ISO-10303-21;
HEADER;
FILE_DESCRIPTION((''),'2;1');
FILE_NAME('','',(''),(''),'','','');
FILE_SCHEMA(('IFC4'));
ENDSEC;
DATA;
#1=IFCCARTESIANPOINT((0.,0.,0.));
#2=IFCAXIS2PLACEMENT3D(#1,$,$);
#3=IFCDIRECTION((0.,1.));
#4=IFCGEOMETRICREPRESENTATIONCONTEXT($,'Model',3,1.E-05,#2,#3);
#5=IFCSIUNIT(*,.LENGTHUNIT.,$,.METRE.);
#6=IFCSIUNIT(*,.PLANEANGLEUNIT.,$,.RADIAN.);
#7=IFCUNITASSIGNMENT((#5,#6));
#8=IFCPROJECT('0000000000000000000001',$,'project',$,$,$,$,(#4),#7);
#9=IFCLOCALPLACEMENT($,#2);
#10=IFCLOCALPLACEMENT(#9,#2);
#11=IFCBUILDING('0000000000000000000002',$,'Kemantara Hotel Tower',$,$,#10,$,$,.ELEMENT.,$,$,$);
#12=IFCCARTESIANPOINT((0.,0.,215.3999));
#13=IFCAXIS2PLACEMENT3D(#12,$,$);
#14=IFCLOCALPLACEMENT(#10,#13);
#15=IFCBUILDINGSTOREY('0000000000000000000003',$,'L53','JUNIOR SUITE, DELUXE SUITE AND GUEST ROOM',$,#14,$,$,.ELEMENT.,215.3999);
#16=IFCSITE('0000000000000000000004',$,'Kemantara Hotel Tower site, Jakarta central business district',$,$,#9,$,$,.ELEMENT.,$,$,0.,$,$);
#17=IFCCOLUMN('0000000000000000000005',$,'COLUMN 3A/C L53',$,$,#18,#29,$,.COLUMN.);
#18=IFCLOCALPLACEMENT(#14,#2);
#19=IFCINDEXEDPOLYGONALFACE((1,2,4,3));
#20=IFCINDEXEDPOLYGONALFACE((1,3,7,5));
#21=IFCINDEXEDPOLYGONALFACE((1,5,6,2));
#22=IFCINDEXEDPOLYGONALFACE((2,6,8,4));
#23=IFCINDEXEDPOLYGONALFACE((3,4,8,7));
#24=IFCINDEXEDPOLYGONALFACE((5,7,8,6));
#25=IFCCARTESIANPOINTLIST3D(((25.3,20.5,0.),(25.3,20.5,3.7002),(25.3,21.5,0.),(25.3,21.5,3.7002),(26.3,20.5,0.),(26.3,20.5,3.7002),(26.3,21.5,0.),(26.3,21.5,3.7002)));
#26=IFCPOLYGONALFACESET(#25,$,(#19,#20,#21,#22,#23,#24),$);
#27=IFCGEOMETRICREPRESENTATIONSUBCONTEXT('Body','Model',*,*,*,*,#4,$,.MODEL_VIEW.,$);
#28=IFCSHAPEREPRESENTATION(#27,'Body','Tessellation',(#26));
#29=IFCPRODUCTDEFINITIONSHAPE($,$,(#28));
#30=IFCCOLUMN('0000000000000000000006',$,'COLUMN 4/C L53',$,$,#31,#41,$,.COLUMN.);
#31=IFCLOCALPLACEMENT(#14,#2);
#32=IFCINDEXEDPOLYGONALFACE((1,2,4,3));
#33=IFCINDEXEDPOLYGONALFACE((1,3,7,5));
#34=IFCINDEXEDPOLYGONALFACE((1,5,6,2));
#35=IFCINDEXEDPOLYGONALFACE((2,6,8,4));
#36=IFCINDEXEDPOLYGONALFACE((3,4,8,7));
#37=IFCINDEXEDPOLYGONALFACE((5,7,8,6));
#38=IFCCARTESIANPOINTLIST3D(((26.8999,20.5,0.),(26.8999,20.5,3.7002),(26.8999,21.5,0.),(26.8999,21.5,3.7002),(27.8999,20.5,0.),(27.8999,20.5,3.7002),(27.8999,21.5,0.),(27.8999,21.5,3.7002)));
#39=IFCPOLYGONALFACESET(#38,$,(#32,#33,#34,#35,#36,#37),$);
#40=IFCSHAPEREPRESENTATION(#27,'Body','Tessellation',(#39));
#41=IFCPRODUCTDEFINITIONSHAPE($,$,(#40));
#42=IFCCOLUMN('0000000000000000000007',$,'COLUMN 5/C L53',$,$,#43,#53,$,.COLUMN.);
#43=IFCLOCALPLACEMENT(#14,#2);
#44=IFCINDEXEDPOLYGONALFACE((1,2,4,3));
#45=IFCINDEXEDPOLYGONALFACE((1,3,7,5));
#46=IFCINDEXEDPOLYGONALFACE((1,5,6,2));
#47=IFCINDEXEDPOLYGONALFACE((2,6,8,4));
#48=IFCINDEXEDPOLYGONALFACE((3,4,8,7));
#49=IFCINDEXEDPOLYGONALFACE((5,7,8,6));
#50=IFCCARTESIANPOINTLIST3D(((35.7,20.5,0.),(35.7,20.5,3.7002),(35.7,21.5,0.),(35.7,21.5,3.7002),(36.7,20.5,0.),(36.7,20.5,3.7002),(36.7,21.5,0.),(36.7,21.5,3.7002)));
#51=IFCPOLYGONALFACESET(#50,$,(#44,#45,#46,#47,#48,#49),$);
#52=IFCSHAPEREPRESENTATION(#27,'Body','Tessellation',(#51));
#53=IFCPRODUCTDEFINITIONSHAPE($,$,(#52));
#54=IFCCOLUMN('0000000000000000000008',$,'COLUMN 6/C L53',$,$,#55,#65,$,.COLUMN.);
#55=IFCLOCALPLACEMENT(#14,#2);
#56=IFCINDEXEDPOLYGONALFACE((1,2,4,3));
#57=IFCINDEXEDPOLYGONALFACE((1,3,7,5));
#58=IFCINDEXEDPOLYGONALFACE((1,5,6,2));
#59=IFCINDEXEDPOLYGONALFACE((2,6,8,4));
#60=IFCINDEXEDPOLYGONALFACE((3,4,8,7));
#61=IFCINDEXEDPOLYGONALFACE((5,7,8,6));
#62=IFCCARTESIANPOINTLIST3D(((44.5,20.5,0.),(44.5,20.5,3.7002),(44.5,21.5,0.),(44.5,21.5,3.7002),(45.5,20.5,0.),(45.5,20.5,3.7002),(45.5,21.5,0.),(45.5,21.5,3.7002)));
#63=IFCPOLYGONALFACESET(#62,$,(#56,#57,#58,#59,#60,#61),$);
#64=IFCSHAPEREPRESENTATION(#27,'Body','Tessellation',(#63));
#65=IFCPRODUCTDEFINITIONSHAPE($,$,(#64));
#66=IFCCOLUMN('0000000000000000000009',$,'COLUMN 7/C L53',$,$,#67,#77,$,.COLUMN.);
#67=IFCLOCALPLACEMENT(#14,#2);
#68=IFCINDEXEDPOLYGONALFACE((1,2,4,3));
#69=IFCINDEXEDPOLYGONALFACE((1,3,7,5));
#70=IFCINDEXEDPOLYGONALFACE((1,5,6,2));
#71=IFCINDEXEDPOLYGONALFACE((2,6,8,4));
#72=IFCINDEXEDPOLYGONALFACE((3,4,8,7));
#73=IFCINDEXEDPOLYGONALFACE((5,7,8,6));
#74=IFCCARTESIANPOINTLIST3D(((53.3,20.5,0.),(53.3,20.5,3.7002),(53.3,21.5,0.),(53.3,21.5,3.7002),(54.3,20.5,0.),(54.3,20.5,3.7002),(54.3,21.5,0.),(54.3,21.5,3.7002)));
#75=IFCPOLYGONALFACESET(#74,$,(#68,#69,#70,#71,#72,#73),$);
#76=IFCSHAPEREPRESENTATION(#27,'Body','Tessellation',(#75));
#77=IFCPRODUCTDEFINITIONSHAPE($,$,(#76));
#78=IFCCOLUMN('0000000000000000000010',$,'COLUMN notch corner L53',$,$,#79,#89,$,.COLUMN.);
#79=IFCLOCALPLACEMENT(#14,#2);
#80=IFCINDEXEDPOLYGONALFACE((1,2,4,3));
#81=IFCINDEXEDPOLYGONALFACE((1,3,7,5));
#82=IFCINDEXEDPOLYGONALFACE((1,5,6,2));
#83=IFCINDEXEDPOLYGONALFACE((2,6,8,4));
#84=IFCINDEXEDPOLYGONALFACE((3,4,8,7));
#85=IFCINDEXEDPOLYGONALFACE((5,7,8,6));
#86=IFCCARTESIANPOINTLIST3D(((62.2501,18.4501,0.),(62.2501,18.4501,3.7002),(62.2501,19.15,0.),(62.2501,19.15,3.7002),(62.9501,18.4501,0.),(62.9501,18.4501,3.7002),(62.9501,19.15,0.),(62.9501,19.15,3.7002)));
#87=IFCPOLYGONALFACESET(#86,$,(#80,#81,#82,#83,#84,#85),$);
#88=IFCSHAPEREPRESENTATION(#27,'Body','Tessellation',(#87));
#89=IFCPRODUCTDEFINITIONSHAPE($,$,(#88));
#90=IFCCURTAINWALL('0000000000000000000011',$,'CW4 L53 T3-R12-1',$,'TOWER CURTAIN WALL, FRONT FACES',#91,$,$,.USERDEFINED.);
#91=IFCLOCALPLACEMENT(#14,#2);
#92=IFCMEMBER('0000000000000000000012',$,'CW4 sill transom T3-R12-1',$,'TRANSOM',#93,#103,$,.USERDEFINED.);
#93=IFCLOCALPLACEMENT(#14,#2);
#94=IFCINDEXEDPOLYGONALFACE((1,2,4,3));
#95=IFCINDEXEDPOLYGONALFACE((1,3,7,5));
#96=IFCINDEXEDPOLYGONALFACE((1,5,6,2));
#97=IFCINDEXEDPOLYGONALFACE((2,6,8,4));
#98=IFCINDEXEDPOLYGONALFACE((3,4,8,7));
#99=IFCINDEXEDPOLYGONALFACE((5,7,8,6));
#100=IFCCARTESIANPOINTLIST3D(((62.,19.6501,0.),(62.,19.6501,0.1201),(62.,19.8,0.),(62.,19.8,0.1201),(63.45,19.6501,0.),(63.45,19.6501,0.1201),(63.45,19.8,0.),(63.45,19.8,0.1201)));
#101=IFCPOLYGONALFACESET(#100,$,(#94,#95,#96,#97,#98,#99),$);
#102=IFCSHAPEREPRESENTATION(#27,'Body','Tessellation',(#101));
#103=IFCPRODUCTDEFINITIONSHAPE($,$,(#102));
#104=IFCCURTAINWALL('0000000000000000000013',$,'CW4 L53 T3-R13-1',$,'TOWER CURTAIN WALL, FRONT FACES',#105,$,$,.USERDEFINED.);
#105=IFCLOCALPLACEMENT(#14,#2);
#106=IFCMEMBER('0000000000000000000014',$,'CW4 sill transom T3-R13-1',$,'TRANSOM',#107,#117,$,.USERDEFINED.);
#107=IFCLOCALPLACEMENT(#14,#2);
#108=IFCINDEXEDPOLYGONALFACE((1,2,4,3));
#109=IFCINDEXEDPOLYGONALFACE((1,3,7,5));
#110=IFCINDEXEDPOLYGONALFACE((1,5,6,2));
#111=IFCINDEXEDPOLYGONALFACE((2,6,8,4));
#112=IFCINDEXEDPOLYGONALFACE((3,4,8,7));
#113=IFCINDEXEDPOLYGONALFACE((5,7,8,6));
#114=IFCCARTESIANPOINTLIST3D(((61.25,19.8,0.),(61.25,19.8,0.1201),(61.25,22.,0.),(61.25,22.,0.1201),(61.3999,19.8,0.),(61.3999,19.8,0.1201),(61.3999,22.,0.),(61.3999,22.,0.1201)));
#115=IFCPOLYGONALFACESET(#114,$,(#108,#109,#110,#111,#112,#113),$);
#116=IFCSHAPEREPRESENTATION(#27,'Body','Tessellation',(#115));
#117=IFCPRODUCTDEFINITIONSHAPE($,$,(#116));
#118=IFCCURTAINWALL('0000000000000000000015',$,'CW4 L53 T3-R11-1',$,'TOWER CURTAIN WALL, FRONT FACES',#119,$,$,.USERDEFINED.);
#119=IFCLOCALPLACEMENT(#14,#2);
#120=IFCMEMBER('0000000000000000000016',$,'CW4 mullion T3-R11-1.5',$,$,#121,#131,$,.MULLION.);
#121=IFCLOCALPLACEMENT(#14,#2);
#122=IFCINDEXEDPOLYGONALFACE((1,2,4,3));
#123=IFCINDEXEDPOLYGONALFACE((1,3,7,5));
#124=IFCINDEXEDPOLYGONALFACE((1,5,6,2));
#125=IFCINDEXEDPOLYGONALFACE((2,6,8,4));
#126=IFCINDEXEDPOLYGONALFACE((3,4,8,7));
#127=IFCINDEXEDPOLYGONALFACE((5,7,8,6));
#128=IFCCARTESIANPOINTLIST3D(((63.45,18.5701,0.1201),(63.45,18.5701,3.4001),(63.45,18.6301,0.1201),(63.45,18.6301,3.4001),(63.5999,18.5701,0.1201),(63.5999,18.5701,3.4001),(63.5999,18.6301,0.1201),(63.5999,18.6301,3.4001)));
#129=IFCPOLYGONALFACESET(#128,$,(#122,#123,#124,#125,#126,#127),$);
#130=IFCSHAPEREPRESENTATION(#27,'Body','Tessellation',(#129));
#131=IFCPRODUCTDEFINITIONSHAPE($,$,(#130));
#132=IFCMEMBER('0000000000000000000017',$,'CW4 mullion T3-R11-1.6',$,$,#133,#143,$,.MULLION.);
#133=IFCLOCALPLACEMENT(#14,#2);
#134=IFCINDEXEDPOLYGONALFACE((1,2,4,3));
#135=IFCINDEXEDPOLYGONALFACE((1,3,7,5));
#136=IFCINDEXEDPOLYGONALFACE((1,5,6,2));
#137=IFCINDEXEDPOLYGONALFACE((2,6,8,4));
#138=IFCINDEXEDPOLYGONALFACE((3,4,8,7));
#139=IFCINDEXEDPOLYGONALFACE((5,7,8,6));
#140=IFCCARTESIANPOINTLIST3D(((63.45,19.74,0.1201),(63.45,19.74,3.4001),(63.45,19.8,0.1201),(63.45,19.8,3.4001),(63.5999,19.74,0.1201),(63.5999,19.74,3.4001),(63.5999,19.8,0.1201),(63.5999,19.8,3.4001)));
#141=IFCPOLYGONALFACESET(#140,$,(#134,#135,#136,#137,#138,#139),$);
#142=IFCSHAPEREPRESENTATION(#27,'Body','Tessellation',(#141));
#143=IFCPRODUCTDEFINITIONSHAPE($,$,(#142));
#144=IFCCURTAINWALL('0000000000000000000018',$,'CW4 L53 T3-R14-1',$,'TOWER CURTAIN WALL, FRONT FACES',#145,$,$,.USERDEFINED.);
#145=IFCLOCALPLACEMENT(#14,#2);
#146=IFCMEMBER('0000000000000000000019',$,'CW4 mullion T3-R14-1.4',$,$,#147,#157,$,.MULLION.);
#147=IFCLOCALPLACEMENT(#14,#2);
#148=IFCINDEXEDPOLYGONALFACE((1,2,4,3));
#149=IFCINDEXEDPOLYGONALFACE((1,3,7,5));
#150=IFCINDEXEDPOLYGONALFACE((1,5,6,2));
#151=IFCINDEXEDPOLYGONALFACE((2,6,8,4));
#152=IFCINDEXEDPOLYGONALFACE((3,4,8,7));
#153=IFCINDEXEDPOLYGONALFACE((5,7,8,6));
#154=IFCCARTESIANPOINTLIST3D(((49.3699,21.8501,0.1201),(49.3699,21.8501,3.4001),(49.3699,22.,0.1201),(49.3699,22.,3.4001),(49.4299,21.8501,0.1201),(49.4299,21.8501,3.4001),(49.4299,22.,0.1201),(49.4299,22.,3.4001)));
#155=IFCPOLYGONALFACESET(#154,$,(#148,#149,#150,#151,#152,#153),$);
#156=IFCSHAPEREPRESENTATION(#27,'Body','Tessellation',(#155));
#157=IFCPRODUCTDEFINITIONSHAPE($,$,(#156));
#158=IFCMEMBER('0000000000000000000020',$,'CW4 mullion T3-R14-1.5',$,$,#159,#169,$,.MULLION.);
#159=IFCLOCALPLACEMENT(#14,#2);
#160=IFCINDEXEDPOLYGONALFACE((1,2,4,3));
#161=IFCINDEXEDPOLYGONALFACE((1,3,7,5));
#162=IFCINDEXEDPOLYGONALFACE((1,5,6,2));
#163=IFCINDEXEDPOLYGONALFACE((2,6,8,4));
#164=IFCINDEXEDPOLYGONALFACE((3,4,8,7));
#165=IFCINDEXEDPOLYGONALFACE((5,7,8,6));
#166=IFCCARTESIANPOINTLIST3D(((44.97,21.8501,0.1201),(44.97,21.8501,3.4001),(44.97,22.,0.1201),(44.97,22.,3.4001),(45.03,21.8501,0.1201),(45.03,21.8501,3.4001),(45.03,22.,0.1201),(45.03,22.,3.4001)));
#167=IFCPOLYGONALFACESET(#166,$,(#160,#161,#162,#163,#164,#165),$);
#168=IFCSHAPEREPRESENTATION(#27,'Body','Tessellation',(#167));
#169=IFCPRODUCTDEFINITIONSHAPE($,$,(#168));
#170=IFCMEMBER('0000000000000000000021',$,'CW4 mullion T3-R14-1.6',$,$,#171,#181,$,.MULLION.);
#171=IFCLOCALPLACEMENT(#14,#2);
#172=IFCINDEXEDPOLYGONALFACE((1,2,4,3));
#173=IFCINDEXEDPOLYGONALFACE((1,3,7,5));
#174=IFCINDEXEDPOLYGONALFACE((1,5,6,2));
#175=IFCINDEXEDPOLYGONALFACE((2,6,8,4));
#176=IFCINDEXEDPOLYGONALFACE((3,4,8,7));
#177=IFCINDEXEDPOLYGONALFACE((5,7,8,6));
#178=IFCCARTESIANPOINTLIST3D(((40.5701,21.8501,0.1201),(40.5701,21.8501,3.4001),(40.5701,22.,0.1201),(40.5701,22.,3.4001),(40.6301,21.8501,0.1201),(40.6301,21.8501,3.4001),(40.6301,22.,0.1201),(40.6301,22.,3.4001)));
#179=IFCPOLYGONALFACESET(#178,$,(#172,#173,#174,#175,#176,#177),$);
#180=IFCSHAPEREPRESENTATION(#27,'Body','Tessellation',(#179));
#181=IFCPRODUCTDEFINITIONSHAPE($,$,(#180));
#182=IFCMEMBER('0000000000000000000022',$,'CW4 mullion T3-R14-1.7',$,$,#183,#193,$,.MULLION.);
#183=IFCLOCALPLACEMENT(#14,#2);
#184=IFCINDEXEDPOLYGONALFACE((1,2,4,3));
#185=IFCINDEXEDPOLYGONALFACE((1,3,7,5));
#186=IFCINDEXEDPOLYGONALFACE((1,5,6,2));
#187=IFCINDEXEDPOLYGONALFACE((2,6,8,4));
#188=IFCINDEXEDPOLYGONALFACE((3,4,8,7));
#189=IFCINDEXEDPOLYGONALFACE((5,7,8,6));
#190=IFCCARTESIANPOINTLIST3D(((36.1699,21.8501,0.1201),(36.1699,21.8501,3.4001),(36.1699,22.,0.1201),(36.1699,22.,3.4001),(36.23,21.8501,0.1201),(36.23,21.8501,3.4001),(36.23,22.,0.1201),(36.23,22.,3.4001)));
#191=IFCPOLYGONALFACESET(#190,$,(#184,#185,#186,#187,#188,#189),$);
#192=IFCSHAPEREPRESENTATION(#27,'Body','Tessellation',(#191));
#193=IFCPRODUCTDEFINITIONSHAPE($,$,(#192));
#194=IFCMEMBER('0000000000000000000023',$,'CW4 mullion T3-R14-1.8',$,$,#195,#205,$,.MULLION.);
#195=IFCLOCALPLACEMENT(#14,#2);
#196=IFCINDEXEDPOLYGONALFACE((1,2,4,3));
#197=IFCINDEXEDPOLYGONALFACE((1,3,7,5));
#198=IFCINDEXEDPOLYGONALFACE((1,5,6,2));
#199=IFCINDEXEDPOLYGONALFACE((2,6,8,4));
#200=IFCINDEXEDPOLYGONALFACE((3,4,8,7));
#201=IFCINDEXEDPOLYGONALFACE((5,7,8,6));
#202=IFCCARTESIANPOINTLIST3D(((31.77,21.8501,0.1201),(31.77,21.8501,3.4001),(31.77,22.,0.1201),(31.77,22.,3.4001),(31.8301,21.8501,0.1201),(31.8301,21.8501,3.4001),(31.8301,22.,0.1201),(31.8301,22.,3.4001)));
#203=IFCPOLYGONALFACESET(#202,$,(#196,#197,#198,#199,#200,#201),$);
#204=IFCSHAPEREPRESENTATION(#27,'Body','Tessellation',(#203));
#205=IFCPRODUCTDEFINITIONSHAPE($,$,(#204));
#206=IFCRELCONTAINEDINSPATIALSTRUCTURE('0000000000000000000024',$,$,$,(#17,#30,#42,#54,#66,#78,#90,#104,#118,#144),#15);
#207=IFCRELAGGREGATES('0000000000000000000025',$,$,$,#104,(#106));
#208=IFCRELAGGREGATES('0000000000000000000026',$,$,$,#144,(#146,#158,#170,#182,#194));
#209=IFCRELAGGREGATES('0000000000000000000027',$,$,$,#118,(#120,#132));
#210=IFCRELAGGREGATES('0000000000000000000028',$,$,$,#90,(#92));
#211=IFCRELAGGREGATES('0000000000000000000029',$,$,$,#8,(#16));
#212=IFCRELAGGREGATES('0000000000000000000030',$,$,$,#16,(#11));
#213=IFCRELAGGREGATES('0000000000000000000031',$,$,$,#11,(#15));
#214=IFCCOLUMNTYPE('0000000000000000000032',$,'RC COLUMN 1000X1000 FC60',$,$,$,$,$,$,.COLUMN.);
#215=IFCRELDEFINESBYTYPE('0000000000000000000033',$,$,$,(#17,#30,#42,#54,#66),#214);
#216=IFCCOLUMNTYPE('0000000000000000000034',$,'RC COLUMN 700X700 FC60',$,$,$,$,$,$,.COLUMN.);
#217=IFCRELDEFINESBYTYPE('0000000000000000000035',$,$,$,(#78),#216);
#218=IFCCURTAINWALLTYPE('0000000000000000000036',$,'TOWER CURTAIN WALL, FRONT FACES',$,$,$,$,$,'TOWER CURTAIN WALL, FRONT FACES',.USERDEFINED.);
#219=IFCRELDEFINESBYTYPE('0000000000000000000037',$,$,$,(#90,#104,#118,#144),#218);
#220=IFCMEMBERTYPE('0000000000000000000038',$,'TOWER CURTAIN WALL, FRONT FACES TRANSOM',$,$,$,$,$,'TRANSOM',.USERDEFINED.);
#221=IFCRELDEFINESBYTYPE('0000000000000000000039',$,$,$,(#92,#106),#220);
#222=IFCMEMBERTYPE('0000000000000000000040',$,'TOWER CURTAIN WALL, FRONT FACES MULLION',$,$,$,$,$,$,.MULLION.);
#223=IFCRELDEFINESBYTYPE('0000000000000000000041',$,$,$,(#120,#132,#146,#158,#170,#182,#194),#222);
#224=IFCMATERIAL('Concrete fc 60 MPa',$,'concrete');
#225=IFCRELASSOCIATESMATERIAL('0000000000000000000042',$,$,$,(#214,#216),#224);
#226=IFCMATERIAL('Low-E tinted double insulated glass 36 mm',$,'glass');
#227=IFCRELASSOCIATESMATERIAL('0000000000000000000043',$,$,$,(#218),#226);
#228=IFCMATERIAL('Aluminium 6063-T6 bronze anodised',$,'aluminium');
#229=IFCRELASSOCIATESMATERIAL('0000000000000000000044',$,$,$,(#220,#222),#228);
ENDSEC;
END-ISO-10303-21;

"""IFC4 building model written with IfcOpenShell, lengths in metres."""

from ifc_helpers import new_model, si_unit, direction, frame, origin, origin_2d, place, context, subcontext, project, spatial, rectangle, extrude, source, transform, mapped, material, material_profile, profile_set, type_object, element, aggregate, save


model = new_model("IFC4")

# Units and contexts
model_context = context("Model", 3, precision=1e-05, world=origin(), true_north=direction((0.0, 1.0)))
body_context = subcontext(model_context, "Body", "Model", "MODEL_VIEW")
ifc_project = project(units=[si_unit("LENGTHUNIT", "METRE"), si_unit("PLANEANGLEUNIT", "RADIAN")], contexts=[model_context])

# Site, building, storey
site_placement = place(None, origin())
site = spatial("IfcSite", under=ifc_project, at=site_placement, Name="Kemantara Hotel Tower site, Jakarta central business district", CompositionType="ELEMENT", RefElevation=0.0)
building_placement = place(site_placement, origin())
building = spatial("IfcBuilding", under=site, at=building_placement, Name="Kemantara Hotel Tower", CompositionType="ELEMENT")
storey_placement = place(building_placement, frame((0.0, 0.0, 215.3999)))
storey = spatial("IfcBuildingStorey", under=building, at=storey_placement, Name="L53", Description="JUNIOR SUITE, DELUXE SUITE AND GUEST ROOM", CompositionType="ELEMENT", Elevation=215.3999)

# Columns
ifc_material_1 = material(Name="Concrete fc 60 MPa", Category="concrete")
ifc_material_profile_1 = material_profile(ifc_material_1, rectangle(XDim=1.0, YDim=1.0, at=origin_2d()), Name="RC 1000X1000")
ifc_profile_set_1 = profile_set([ifc_material_profile_1], Name="Concrete fc 60 MPa")
column_type_1 = type_object("IfcColumnType", Name="RC COLUMN 1000X1000 FC60", PredefinedType="COLUMN", material=ifc_profile_set_1)
for number, where, z_axis, x_axis, name in (
    (1, (25.8, 21.0, 0.0), (0.0, 0.0, 1.0), (1.0, 0.0, 0.0), "COLUMN 3A/C L53"),
    (2, (27.3999, 21.0, 0.0), (0.0, 0.0, 1.0), (1.0, 0.0, 0.0), "COLUMN 4/C L53"),
    (3, (36.2, 21.0, 0.0), (0.0, 0.0, 1.0), (1.0, 0.0, 0.0), "COLUMN 5/C L53"),
    (4, (45.0, 21.0, 0.0), (0.0, 0.0, 1.0), (1.0, 0.0, 0.0), "COLUMN 6/C L53"),
    (5, (53.8, 21.0, 0.0), (0.0, 0.0, 1.0), (1.0, 0.0, 0.0), "COLUMN 7/C L53"),
):
    element("IfcColumn", number, at=place(storey_placement, frame(where, z_axis=z_axis, x_axis=x_axis)), inside=storey, type_object=column_type_1, Name=name, PredefinedType="COLUMN", context=body_context, shape_type="SweptSolid", body=[
        extrude(rectangle(XDim=1.0, YDim=1.0, at=origin_2d()), origin(), (0.0, 0.0, 1.0), 3.7002),
    ])
ifc_material_profile_2 = material_profile(ifc_material_1, rectangle(XDim=0.7, YDim=0.7, at=origin_2d()), Name="RC 700X700")
ifc_profile_set_2 = profile_set([ifc_material_profile_2], Name="Concrete fc 60 MPa")
column_type_2 = type_object("IfcColumnType", Name="RC COLUMN 700X700 FC60", PredefinedType="COLUMN", material=ifc_profile_set_2)
column_placement = place(storey_placement, frame((62.6001, 18.8, 0.0), z_axis=(0.0, 0.0, 1.0), x_axis=(1.0, 0.0, 0.0)))
element("IfcColumn", 6, at=column_placement, inside=storey, type_object=column_type_2, Name="COLUMN notch corner L53", PredefinedType="COLUMN", context=body_context, shape_type="SweptSolid", body=[
    extrude(rectangle(XDim=0.7, YDim=0.7, at=origin_2d()), origin(), (0.0, 0.0, 1.0), 3.7002),
])

# Curtain walls, members
ifc_material_2 = material(Name="Low-E tinted double insulated glass 36 mm", Category="glass")
curtain_wall_type = type_object("IfcCurtainWallType", Name="TOWER CURTAIN WALL, FRONT FACES", ElementType="TOWER CURTAIN WALL, FRONT FACES", PredefinedType="USERDEFINED", material=ifc_material_2)
curtain_wall_1_placement = place(storey_placement, origin())
curtain_wall_1 = element("IfcCurtainWall", 7, at=curtain_wall_1_placement, inside=storey, type_object=curtain_wall_type, Name="CW4 L53 T3-R12-1", ObjectType="TOWER CURTAIN WALL, FRONT FACES", PredefinedType="USERDEFINED")
ifc_material_3 = material(Name="Aluminium 6063-T6 bronze anodised", Category="aluminium")
ifc_material_profile_3 = material_profile(ifc_material_3, rectangle(XDim=0.1499, YDim=0.1201, at=origin_2d()), Name="TOWER CURTAIN WALL, FRONT FACES TRANSOM")
ifc_profile_set_3 = profile_set([ifc_material_profile_3], Name="Aluminium 6063-T6 bronze anodised")
member_type_1 = type_object("IfcMemberType", Name="TOWER CURTAIN WALL, FRONT FACES TRANSOM", ElementType="TRANSOM", PredefinedType="USERDEFINED", material=ifc_profile_set_3)
member_1_placement = place(storey_placement, frame((63.45, 19.7251, 0.0601), z_axis=(-1.0, 0.0, 0.0), x_axis=(0.0, -1.0, 0.0)))
member_1 = element("IfcMember", 8, at=member_1_placement, type_object=member_type_1, Name="CW4 sill transom T3-R12-1", ObjectType="TRANSOM", PredefinedType="USERDEFINED", context=body_context, shape_type="SweptSolid", body=[
    extrude(rectangle(XDim=0.1499, YDim=0.1201, at=origin_2d()), origin(), (0.0, 0.0, 1.0), 1.45),
])
curtain_wall_2_placement = place(storey_placement, origin())
curtain_wall_2 = element("IfcCurtainWall", 9, at=curtain_wall_2_placement, inside=storey, type_object=curtain_wall_type, Name="CW4 L53 T3-R13-1", ObjectType="TOWER CURTAIN WALL, FRONT FACES", PredefinedType="USERDEFINED")
member_2_placement = place(storey_placement, frame((61.325, 19.8, 0.0601), z_axis=(0.0, 1.0, 0.0), x_axis=(-1.0, 0.0, 0.0)))
member_2 = element("IfcMember", 10, at=member_2_placement, type_object=member_type_1, Name="CW4 sill transom T3-R13-1", ObjectType="TRANSOM", PredefinedType="USERDEFINED", context=body_context, shape_type="SweptSolid", body=[
    extrude(rectangle(XDim=0.1499, YDim=0.1201, at=origin_2d()), origin(), (0.0, 0.0, 1.0), 2.2),
])

# Curtain walls, members
curtain_wall_3_placement = place(storey_placement, origin())
curtain_wall_3 = element("IfcCurtainWall", 11, at=curtain_wall_3_placement, inside=storey, type_object=curtain_wall_type, Name="CW4 L53 T3-R11-1", ObjectType="TOWER CURTAIN WALL, FRONT FACES", PredefinedType="USERDEFINED")
ifc_material_profile_4 = material_profile(ifc_material_3, rectangle(XDim=0.1499, YDim=0.0601, at=origin_2d()), Name="TOWER CURTAIN WALL, FRONT FACES MULLION")
ifc_profile_set_4 = profile_set([ifc_material_profile_4], Name="Aluminium 6063-T6 bronze anodised")
member_type_2 = type_object("IfcMemberType", Name="TOWER CURTAIN WALL, FRONT FACES MULLION", PredefinedType="MULLION", material=ifc_profile_set_4)
shared_shape_1 = source(origin(), body_context, "Body", "SweptSolid", [
    extrude(rectangle(XDim=0.1499, YDim=0.0601, at=origin_2d()), origin(), (0.0, 0.0, 1.0), 3.28),
])
member_3_placement = place(storey_placement, frame((63.5249, 18.6001, 0.1201), z_axis=(0.0, 0.0, 1.0), x_axis=(-1.0, 0.0, 0.0)))
member_3 = element("IfcMember", 12, at=member_3_placement, type_object=member_type_2, Name="CW4 mullion T3-R11-1.5", PredefinedType="MULLION", context=body_context, shape_type="MappedRepresentation", body=[
    mapped(shared_shape_1, transform((0.0, 0.0, 0.0))),
])
member_4_placement = place(storey_placement, frame((63.5249, 19.77, 0.1201), z_axis=(0.0, 0.0, 1.0), x_axis=(-1.0, 0.0, 0.0)))
member_4 = element("IfcMember", 13, at=member_4_placement, type_object=member_type_2, Name="CW4 mullion T3-R11-1.6", PredefinedType="MULLION", context=body_context, shape_type="MappedRepresentation", body=[
    mapped(shared_shape_1, transform((0.0, 0.0, 0.0))),
])
curtain_wall_4_placement = place(storey_placement, origin())
curtain_wall_4 = element("IfcCurtainWall", 14, at=curtain_wall_4_placement, inside=storey, type_object=curtain_wall_type, Name="CW4 L53 T3-R14-1", ObjectType="TOWER CURTAIN WALL, FRONT FACES", PredefinedType="USERDEFINED")
member_5_placement = place(storey_placement, frame((49.3999, 21.925, 0.1201), z_axis=(0.0, 0.0, 1.0), x_axis=(0.0, -1.0, 0.0)))
member_5 = element("IfcMember", 15, at=member_5_placement, type_object=member_type_2, Name="CW4 mullion T3-R14-1.4", PredefinedType="MULLION", context=body_context, shape_type="MappedRepresentation", body=[
    mapped(shared_shape_1, transform((0.0, 0.0, 0.0))),
])
member_6_placement = place(storey_placement, frame((45.0, 21.925, 0.1201), z_axis=(0.0, 0.0, 1.0), x_axis=(0.0, -1.0, 0.0)))
member_6 = element("IfcMember", 16, at=member_6_placement, type_object=member_type_2, Name="CW4 mullion T3-R14-1.5", PredefinedType="MULLION", context=body_context, shape_type="MappedRepresentation", body=[
    mapped(shared_shape_1, transform((0.0, 0.0, 0.0))),
])
member_7_placement = place(storey_placement, frame((40.6001, 21.925, 0.1201), z_axis=(0.0, 0.0, 1.0), x_axis=(0.0, -1.0, 0.0)))
member_7 = element("IfcMember", 17, at=member_7_placement, type_object=member_type_2, Name="CW4 mullion T3-R14-1.6", PredefinedType="MULLION", context=body_context, shape_type="MappedRepresentation", body=[
    mapped(shared_shape_1, transform((0.0, 0.0, 0.0))),
])
member_8_placement = place(storey_placement, frame((36.2, 21.925, 0.1201), z_axis=(0.0, 0.0, 1.0), x_axis=(0.0, -1.0, 0.0)))
member_8 = element("IfcMember", 18, at=member_8_placement, type_object=member_type_2, Name="CW4 mullion T3-R14-1.7", PredefinedType="MULLION", context=body_context, shape_type="MappedRepresentation", body=[
    mapped(shared_shape_1, transform((0.0, 0.0, 0.0))),
])
member_9_placement = place(storey_placement, frame((31.8, 21.925, 0.1201), z_axis=(0.0, 0.0, 1.0), x_axis=(0.0, -1.0, 0.0)))
member_9 = element("IfcMember", 19, at=member_9_placement, type_object=member_type_2, Name="CW4 mullion T3-R14-1.8", PredefinedType="MULLION", context=body_context, shape_type="MappedRepresentation", body=[
    mapped(shared_shape_1, transform((0.0, 0.0, 0.0))),
])

aggregate(curtain_wall_2, [member_2])
aggregate(curtain_wall_4, [member_5, member_6, member_7, member_8, member_9])
aggregate(curtain_wall_3, [member_3, member_4])
aggregate(curtain_wall_1, [member_1])

save(model, "model.ifc")
